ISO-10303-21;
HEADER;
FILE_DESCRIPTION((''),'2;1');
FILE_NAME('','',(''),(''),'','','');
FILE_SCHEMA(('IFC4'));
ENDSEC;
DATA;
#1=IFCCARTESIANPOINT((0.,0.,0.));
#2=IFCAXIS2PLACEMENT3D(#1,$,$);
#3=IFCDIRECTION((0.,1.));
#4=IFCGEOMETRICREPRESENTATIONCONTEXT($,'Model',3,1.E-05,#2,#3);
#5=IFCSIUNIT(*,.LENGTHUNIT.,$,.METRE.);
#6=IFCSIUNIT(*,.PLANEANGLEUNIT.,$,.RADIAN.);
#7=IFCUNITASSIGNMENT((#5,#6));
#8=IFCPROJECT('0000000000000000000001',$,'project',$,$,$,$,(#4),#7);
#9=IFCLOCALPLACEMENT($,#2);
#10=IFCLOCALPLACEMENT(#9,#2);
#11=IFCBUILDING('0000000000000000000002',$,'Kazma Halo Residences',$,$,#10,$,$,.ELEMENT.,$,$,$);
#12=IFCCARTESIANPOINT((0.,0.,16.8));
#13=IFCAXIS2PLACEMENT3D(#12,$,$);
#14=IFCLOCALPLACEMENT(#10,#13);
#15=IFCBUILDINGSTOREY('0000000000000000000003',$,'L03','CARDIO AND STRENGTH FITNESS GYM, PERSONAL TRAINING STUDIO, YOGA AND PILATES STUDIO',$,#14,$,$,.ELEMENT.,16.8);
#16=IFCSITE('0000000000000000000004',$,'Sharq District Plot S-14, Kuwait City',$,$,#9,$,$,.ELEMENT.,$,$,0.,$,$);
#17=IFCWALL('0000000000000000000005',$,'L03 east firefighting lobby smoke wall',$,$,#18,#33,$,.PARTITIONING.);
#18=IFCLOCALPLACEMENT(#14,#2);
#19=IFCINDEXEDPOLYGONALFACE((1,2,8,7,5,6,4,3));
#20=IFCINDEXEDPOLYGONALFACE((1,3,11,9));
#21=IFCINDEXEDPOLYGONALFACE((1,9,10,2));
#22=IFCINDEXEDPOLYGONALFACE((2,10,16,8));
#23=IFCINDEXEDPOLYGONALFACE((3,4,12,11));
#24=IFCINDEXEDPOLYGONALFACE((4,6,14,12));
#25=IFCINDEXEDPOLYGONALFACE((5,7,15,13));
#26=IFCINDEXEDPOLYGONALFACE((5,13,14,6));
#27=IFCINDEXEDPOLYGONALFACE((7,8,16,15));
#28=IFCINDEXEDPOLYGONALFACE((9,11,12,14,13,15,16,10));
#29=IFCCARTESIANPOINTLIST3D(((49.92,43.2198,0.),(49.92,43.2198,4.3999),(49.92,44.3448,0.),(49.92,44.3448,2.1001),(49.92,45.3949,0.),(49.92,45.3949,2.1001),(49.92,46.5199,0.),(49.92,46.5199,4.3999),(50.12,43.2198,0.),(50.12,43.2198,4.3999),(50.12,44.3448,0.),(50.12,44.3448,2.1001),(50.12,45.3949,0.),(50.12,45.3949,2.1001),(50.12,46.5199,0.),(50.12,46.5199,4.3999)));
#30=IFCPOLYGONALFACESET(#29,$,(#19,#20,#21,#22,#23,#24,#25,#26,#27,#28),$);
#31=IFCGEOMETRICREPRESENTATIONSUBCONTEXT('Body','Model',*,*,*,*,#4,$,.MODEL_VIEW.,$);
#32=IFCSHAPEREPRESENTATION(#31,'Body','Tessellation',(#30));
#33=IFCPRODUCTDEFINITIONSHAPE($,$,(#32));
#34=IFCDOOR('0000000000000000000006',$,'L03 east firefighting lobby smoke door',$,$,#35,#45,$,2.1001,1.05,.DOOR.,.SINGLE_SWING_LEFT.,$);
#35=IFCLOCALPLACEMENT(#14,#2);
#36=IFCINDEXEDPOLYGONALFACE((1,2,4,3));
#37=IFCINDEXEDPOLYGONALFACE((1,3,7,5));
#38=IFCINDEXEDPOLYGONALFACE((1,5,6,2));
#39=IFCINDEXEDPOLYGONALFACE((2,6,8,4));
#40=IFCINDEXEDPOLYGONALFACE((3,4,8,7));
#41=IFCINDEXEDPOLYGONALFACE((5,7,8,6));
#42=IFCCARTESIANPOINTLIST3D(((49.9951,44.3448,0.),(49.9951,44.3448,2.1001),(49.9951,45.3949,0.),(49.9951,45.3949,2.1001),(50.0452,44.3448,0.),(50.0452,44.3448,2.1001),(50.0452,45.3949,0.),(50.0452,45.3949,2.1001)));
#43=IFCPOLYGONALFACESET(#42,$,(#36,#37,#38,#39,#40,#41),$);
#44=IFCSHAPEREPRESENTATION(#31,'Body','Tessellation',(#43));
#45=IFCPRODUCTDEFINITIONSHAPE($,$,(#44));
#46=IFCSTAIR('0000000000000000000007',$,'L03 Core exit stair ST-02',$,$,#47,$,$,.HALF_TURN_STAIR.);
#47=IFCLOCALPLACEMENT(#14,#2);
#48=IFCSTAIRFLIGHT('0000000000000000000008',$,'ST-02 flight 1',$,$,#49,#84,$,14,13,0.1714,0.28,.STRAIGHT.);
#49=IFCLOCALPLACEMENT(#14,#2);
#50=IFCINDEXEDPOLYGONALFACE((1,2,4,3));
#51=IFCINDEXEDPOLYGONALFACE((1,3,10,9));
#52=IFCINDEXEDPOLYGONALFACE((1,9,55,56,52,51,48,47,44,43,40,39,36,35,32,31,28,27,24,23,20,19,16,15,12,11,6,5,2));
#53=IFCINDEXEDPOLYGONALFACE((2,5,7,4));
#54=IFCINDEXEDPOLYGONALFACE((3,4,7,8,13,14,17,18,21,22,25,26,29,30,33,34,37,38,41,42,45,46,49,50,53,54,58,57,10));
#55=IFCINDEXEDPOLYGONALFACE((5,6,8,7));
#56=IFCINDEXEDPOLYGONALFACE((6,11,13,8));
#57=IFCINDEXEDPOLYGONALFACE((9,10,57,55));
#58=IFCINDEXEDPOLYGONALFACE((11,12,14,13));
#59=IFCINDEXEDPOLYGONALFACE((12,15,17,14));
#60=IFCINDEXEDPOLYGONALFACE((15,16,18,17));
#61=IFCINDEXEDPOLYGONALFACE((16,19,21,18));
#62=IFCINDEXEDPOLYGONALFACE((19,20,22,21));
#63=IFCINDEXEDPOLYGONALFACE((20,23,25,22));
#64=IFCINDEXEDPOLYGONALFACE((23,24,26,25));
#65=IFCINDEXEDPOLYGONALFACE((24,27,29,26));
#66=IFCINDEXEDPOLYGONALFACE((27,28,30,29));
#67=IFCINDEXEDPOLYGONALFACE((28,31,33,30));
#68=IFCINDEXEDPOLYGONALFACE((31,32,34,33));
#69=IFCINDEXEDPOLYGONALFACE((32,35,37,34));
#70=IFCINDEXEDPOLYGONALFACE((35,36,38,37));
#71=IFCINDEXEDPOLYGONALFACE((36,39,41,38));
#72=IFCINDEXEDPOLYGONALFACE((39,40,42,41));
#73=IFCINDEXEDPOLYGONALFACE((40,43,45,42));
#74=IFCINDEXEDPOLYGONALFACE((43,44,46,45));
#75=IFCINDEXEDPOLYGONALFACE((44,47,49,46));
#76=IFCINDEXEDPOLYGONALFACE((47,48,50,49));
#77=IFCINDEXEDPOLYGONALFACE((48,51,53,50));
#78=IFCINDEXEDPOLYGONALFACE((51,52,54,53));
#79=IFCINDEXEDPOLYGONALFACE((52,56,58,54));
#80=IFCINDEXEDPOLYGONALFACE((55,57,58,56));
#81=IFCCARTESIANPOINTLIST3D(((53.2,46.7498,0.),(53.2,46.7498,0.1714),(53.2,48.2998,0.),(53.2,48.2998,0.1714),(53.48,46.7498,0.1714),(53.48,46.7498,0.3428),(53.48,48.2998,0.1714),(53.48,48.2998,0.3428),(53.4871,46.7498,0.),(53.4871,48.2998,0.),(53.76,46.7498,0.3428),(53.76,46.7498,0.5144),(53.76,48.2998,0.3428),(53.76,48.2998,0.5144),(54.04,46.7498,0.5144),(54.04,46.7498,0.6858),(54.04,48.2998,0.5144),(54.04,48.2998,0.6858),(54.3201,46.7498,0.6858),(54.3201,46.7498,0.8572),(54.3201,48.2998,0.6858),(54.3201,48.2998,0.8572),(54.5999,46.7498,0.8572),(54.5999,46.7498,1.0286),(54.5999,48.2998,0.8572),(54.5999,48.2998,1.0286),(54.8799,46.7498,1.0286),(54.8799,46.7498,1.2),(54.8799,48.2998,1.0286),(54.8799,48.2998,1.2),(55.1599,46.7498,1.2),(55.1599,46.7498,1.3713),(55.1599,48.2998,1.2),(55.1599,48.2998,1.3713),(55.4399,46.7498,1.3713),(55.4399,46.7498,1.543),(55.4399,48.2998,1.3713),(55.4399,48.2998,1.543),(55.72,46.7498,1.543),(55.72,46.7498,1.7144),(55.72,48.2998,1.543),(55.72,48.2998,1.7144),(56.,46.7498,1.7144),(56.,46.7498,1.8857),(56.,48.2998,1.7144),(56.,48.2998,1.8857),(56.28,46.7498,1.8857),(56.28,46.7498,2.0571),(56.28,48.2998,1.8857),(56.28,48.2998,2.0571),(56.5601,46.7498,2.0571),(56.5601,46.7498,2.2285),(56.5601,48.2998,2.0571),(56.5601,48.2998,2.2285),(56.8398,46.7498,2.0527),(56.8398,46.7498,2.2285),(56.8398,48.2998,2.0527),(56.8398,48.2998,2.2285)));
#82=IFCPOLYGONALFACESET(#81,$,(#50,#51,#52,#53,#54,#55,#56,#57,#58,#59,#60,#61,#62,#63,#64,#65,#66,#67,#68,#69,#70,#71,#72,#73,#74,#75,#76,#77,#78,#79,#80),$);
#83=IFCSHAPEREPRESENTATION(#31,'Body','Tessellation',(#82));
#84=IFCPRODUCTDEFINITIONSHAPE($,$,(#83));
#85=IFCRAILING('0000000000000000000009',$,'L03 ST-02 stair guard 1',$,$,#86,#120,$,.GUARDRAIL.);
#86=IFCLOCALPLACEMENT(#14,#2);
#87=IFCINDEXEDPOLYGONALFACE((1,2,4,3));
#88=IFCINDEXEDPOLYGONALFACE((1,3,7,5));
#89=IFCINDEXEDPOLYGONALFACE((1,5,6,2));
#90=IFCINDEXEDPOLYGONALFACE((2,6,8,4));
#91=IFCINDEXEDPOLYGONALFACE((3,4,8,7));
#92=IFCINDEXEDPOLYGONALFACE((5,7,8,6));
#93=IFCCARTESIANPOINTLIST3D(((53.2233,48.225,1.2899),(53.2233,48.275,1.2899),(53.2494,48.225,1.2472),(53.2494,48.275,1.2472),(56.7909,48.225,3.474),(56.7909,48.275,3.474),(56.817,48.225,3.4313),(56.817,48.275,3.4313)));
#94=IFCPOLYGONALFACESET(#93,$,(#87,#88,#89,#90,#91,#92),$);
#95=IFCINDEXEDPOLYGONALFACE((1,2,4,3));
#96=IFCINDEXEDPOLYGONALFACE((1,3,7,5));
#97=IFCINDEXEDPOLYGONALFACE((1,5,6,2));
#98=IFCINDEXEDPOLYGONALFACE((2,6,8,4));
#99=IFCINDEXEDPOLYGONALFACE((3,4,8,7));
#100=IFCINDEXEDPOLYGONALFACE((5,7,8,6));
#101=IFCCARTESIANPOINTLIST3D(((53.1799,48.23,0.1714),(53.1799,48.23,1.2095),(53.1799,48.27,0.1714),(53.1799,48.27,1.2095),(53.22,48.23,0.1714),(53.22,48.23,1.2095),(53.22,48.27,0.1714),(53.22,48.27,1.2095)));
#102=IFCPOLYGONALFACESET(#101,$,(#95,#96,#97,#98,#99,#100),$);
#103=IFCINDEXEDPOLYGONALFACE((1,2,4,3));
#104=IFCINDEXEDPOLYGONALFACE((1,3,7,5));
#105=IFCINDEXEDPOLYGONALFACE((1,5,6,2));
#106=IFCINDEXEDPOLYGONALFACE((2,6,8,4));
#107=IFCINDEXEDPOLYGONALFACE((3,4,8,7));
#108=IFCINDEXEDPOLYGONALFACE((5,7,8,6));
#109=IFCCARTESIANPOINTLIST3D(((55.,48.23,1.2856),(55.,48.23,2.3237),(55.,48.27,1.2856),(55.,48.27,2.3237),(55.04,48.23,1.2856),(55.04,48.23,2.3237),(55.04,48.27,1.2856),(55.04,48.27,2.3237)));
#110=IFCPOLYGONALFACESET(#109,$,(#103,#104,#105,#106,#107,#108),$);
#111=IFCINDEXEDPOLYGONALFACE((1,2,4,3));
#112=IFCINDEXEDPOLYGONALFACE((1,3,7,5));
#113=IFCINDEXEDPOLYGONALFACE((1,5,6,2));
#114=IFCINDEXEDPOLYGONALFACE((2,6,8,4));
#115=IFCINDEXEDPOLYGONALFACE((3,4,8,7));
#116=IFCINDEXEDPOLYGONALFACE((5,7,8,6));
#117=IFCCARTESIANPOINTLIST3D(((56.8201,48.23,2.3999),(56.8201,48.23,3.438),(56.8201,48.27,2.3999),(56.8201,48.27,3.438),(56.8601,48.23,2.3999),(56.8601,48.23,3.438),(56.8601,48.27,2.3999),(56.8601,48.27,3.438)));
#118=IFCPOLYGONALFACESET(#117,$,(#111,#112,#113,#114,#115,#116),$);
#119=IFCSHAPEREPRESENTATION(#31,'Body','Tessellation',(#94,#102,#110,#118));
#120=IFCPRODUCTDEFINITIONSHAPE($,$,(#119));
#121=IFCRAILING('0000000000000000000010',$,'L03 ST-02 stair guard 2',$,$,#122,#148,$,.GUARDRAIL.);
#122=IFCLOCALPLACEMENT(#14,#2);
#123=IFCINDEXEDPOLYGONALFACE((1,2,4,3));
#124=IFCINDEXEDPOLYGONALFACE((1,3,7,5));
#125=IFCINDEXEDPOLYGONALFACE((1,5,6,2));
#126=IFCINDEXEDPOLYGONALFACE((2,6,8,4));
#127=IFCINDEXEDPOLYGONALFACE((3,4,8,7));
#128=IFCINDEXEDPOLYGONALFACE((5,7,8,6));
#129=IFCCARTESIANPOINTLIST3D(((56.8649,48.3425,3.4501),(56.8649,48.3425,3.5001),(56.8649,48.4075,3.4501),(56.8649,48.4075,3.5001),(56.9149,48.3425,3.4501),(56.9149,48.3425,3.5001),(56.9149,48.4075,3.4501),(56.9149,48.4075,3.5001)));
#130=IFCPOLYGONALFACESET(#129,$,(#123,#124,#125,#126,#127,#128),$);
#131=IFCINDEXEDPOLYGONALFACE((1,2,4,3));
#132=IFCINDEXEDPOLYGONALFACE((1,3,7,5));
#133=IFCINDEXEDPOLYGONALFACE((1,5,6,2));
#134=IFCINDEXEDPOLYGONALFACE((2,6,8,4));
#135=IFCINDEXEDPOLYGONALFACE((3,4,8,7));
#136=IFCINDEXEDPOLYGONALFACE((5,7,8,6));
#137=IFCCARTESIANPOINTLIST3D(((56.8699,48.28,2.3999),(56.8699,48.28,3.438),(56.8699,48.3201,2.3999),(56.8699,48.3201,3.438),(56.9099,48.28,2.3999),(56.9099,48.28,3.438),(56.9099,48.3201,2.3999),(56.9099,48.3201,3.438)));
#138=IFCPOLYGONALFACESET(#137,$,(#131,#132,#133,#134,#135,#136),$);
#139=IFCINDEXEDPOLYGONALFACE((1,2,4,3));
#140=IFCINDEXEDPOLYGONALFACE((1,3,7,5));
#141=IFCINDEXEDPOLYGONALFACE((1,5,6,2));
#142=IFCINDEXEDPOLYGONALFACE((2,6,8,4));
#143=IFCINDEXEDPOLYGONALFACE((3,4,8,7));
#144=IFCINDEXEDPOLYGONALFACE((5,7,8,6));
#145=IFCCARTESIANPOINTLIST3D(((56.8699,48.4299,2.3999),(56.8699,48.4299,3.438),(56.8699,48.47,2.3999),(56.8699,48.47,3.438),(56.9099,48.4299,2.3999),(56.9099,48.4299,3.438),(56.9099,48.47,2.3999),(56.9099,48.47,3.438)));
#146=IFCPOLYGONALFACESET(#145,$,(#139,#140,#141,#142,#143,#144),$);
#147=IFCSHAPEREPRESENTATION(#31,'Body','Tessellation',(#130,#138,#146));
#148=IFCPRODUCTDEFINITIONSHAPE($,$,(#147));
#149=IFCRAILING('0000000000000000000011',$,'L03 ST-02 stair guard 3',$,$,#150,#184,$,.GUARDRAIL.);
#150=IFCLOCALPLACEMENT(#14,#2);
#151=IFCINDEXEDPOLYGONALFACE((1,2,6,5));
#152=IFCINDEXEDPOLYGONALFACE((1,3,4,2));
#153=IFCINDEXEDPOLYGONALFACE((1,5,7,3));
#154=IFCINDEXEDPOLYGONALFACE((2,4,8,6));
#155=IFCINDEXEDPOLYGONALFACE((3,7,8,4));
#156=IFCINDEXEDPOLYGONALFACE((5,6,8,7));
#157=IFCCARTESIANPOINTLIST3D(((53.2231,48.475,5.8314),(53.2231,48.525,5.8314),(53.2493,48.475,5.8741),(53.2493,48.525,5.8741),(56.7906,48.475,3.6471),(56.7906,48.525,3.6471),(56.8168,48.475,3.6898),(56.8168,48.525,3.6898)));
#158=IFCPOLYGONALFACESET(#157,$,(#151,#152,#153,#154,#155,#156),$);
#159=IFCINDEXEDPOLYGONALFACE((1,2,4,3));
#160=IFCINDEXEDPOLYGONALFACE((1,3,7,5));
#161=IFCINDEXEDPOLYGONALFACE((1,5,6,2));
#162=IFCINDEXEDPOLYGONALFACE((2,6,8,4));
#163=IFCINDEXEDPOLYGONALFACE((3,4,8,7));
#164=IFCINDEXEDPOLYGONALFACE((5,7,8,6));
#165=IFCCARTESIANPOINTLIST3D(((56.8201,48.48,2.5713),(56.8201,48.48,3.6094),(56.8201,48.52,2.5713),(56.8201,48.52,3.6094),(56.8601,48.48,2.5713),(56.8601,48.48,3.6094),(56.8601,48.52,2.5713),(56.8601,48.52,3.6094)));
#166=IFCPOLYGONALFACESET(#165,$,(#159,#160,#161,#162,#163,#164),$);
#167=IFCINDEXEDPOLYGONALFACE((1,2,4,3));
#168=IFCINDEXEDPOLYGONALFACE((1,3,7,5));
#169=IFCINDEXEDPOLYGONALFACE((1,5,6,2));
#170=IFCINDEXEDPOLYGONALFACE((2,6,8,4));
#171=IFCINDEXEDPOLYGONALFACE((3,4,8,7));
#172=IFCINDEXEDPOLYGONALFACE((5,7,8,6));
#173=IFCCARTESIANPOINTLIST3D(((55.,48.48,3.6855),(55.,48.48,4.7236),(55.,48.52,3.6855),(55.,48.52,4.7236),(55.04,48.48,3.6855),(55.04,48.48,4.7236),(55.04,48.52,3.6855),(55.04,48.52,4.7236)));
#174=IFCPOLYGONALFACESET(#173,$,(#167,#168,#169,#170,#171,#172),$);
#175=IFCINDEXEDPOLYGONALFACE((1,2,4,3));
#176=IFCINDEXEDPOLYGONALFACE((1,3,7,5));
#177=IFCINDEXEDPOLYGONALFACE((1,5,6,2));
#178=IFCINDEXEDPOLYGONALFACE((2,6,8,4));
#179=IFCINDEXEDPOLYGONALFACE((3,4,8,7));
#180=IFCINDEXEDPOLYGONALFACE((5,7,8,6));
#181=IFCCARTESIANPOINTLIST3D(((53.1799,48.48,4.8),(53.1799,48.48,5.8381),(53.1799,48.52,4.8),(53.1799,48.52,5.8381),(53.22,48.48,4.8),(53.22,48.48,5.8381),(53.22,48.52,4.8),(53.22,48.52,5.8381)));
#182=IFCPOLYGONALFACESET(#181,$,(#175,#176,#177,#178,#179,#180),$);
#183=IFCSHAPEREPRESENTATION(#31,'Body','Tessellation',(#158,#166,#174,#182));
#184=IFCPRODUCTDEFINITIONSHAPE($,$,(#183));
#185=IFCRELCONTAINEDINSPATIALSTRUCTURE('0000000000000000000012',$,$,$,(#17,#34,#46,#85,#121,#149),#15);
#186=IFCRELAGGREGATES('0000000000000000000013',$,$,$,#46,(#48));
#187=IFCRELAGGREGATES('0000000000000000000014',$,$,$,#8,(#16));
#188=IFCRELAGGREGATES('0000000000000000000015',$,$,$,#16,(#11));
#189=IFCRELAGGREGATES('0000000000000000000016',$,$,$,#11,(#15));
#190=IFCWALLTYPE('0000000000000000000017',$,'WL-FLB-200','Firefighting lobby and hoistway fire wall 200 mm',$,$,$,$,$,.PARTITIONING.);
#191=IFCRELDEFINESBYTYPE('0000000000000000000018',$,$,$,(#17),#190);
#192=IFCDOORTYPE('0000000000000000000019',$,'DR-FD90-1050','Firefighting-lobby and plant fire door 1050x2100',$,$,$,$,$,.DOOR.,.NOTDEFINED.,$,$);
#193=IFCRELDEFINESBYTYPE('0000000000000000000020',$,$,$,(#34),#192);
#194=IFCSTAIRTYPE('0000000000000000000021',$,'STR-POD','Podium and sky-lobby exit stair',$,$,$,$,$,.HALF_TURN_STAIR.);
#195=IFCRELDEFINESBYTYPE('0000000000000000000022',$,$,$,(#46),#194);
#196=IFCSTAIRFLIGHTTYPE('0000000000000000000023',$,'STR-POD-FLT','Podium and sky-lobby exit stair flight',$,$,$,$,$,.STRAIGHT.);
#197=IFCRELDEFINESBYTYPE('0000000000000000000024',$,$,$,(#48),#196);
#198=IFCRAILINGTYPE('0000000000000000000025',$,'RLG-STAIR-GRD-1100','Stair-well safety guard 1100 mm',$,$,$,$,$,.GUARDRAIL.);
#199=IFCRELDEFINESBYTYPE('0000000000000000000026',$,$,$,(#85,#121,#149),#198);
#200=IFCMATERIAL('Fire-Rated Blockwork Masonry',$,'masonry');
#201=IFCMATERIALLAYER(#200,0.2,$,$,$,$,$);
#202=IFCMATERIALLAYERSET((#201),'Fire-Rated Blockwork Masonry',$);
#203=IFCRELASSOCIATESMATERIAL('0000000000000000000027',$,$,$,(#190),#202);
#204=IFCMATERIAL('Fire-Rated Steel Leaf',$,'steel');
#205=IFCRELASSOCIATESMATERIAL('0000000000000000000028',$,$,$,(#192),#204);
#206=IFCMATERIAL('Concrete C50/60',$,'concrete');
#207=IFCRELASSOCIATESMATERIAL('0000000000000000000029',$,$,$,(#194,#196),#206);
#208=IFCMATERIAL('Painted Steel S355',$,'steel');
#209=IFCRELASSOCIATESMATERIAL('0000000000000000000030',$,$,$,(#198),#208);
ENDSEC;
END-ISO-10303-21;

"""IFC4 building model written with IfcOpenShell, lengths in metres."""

from ifc_helpers import new_model, si_unit, direction, frame, frame_2d, origin, origin_2d, place, context, subcontext, project, spatial, polyline, rectangle, outline, extrude, material, layer, layer_set, type_object, element, fill, aggregate, save


model = new_model("IFC4")

# Units and contexts
model_context = context("Model", 3, precision=1e-05, world=origin(), true_north=direction((0.0, 1.0)))
body_context = subcontext(model_context, "Body", "Model", "MODEL_VIEW")
ifc_project = project(units=[si_unit("LENGTHUNIT", "METRE"), si_unit("PLANEANGLEUNIT", "RADIAN")], contexts=[model_context])

# Site, building, storey
site_placement = place(None, origin())
site = spatial("IfcSite", under=ifc_project, at=site_placement, Name="Sharq District Plot S-14, Kuwait City", CompositionType="ELEMENT", RefElevation=0.0)
building_placement = place(site_placement, origin())
building = spatial("IfcBuilding", under=site, at=building_placement, Name="Kazma Halo Residences", CompositionType="ELEMENT")
storey_placement = place(building_placement, frame((0.0, 0.0, 16.8)))
storey = spatial("IfcBuildingStorey", under=building, at=storey_placement, Name="L03", Description="CARDIO AND STRENGTH FITNESS GYM, PERSONAL TRAINING STUDIO, YOGA AND PILATES STUDIO", CompositionType="ELEMENT", Elevation=16.8)

# Shared definitions
ifc_material_1 = material(Name="Fire-Rated Blockwork Masonry", Category="masonry")
ifc_layer_1 = layer(ifc_material_1, 0.2)
ifc_layer_set_1 = layer_set([ifc_layer_1], Name="Fire-Rated Blockwork Masonry")
wall_type_1 = type_object("IfcWallType", Name="WL-FLB-200", Description="Firefighting lobby and hoistway fire wall 200 mm", PredefinedType="PARTITIONING", material=ifc_layer_set_1)

# Wall, opening, door
wall_1_placement = place(storey_placement, frame((50.02, 43.22, 0.0), z_axis=(0.0, 0.0, 1.0), x_axis=(0.0, 1.0, 0.0)))
wall_1 = element("IfcWall", 1, at=wall_1_placement, inside=storey, type_object=wall_type_1, Name="L03 east firefighting lobby smoke wall", PredefinedType="PARTITIONING", context=body_context, shape_type="SweptSolid", body=[
    extrude(rectangle(XDim=3.3, YDim=0.2, at=frame_2d((1.6499, 0.0))), origin(), (0.0, 0.0, 1.0), 4.3999),
])
opening_1_placement = place(wall_1_placement, frame((1.125, 0.0, 0.0)))
opening_1 = element("IfcOpeningElement", 2, at=opening_1_placement, cuts=wall_1, PredefinedType="OPENING", context=body_context, shape_type="SweptSolid", body=[
    extrude(rectangle(XDim=1.05, YDim=2.1001, at=frame_2d((0.5249, 1.05))), frame((0.0, 0.1099, 0.0), z_axis=(0.0, -1.0, 0.0), x_axis=(1.0, 0.0, 0.0)), (0.0, 0.0, 1.0), 0.22),
])
ifc_material_2 = material(Name="Fire-Rated Steel Leaf", Category="steel")
door_type_1 = type_object("IfcDoorType", Name="DR-FD90-1050", Description="Firefighting-lobby and plant fire door 1050x2100", OperationType="NOTDEFINED", PredefinedType="DOOR", material=ifc_material_2)
door_1_placement = place(opening_1_placement, origin())
door_1 = element("IfcDoor", 3, at=door_1_placement, inside=storey, type_object=door_type_1, Name="L03 east firefighting lobby smoke door", OperationType="SINGLE_SWING_LEFT", OverallHeight=2.1001, OverallWidth=1.05, PredefinedType="DOOR", context=body_context, shape_type="SweptSolid", body=[
    extrude(rectangle(XDim=1.05, YDim=2.1001, at=frame_2d((0.5249, 1.05))), frame((0.0, 0.0249, 0.0), z_axis=(0.0, -1.0, 0.0), x_axis=(1.0, 0.0, 0.0)), (0.0, 0.0, 1.0), 0.05),
])
fill(opening_1, door_1)
ifc_material_3 = material(Name="Concrete C50/60", Category="concrete")

# Stair, stair flight
stair_type = type_object("IfcStairType", Name="STR-POD", Description="Podium and sky-lobby exit stair", PredefinedType="HALF_TURN_STAIR", material=ifc_material_3)
stair_placement = place(storey_placement, origin())
stair = element("IfcStair", 4, at=stair_placement, inside=storey, type_object=stair_type, Name="L03 Core exit stair ST-02", PredefinedType="HALF_TURN_STAIR")
stair_flight_type = type_object("IfcStairFlightType", Name="STR-POD-FLT", Description="Podium and sky-lobby exit stair flight", PredefinedType="STRAIGHT", material=ifc_material_3)
stair_flight_placement = place(storey_placement, frame((53.2, 47.5249, 0.0), z_axis=(0.0, 0.0, 1.0), x_axis=(1.0, 0.0, 0.0)))
stair_flight = element("IfcStairFlight", 5, at=stair_flight_placement, type_object=stair_flight_type, Name="ST-02 flight 1", NumberOfRisers=14, NumberOfTreads=13, PredefinedType="STRAIGHT", RiserHeight=0.1714, TreadLength=0.28, context=body_context, shape_type="SweptSolid", body=[
    extrude(outline(polyline([(0.0, 0.0), (0.0, 0.1714), (0.28, 0.1714), (0.28, 0.3428), (0.5601, 0.3428), (0.5601, 0.5144), (0.8401, 0.5144), (0.8401, 0.6858), (1.1201, 0.6858), (1.1201, 0.8572), (1.3999, 0.8572), (1.3999, 1.0286), (1.6799, 1.0286), (1.6799, 1.2), (1.96, 1.2), (1.96, 1.3713), (2.24, 1.3713), (2.24, 1.543), (2.52, 1.543), (2.52, 1.7144), (2.8, 1.7144), (2.8, 1.8857), (3.0801, 1.8857), (3.0801, 2.0571), (3.3601, 2.0571), (3.3601, 2.2285), (3.6399, 2.2285), (3.6399, 2.3999), (3.6399, 2.0527), (0.2871, 0.0), (0.0, 0.0)])), frame((0.0, 0.7749, 0.0), z_axis=(0.0, -1.0, 0.0), x_axis=(1.0, 0.0, 0.0)), (0.0, 0.0, 1.0), 1.55),
])
aggregate(stair, [stair_flight])

# Railings
ifc_material_4 = material(Name="Painted Steel S355", Category="steel")
railing_type_1 = type_object("IfcRailingType", Name="RLG-STAIR-GRD-1100", Description="Stair-well safety guard 1100 mm", PredefinedType="GUARDRAIL", material=ifc_material_4)
railing_1_placement = place(storey_placement, frame((53.2, 48.25, 0.1714)))
element("IfcRailing", 6, at=railing_1_placement, inside=storey, type_object=railing_type_1, Name="L03 ST-02 stair guard 1", PredefinedType="GUARDRAIL", context=body_context, shape_type="SweptSolid", body=[
    extrude(rectangle(XDim=0.05, YDim=0.05, at=origin_2d()), frame((0.0364, 0.0, 1.0972), z_axis=(0.852866, 0.0, 0.52213), x_axis=(0.0, 1.0, 0.0)), (0.0, 0.0, 1.0), 4.1831),
    extrude(rectangle(XDim=0.04, YDim=0.04, at=origin_2d()), origin(), (0.0, 0.0, 1.0), 1.0381),
    extrude(rectangle(XDim=0.04, YDim=0.04, at=origin_2d()), frame((1.8201, 0.0, 1.1143)), (0.0, 0.0, 1.0), 1.0381),
    extrude(rectangle(XDim=0.04, YDim=0.04, at=origin_2d()), frame((3.6401, 0.0, 2.2285)), (0.0, 0.0, 1.0), 1.0381),
])
railing_2_placement = place(storey_placement, frame((56.8899, 48.3, 2.3999)))
element("IfcRailing", 7, at=railing_2_placement, inside=storey, type_object=railing_type_1, Name="L03 ST-02 stair guard 2", PredefinedType="GUARDRAIL", context=body_context, shape_type="SweptSolid", body=[
    extrude(rectangle(XDim=0.05, YDim=0.05, at=origin_2d()), frame((0.0, 0.0425, 1.0752), z_axis=(0.0, 1.0, 0.0), x_axis=(-1.0, 0.0, 0.0)), (0.0, 0.0, 1.0), 0.0649),
    extrude(rectangle(XDim=0.04, YDim=0.04, at=origin_2d()), origin(), (0.0, 0.0, 1.0), 1.0381),
    extrude(rectangle(XDim=0.04, YDim=0.04, at=origin_2d()), frame((0.0, 0.1499, 0.0)), (0.0, 0.0, 1.0), 1.0381),
])
railing_3_placement = place(storey_placement, frame((56.8401, 48.5, 2.5713)))
element("IfcRailing", 8, at=railing_3_placement, inside=storey, type_object=railing_type_1, Name="L03 ST-02 stair guard 3", PredefinedType="GUARDRAIL", context=body_context, shape_type="SweptSolid", body=[
    extrude(rectangle(XDim=0.05, YDim=0.05, at=origin_2d()), frame((-0.0364, 0.0, 1.0972), z_axis=(-0.85284, 0.0, 0.522172), x_axis=(0.0, -1.0, 0.0)), (0.0, 0.0, 1.0), 4.1831),
    extrude(rectangle(XDim=0.04, YDim=0.04, at=origin_2d()), origin(), (0.0, 0.0, 1.0), 1.0381),
    extrude(rectangle(XDim=0.04, YDim=0.04, at=origin_2d()), frame((-1.8201, 0.0, 1.1143)), (0.0, 0.0, 1.0), 1.0381),
    extrude(rectangle(XDim=0.04, YDim=0.04, at=origin_2d()), frame((-3.6401, 0.0, 2.2288)), (0.0, 0.0, 1.0), 1.0381),
])

save(model, "model.ifc")
